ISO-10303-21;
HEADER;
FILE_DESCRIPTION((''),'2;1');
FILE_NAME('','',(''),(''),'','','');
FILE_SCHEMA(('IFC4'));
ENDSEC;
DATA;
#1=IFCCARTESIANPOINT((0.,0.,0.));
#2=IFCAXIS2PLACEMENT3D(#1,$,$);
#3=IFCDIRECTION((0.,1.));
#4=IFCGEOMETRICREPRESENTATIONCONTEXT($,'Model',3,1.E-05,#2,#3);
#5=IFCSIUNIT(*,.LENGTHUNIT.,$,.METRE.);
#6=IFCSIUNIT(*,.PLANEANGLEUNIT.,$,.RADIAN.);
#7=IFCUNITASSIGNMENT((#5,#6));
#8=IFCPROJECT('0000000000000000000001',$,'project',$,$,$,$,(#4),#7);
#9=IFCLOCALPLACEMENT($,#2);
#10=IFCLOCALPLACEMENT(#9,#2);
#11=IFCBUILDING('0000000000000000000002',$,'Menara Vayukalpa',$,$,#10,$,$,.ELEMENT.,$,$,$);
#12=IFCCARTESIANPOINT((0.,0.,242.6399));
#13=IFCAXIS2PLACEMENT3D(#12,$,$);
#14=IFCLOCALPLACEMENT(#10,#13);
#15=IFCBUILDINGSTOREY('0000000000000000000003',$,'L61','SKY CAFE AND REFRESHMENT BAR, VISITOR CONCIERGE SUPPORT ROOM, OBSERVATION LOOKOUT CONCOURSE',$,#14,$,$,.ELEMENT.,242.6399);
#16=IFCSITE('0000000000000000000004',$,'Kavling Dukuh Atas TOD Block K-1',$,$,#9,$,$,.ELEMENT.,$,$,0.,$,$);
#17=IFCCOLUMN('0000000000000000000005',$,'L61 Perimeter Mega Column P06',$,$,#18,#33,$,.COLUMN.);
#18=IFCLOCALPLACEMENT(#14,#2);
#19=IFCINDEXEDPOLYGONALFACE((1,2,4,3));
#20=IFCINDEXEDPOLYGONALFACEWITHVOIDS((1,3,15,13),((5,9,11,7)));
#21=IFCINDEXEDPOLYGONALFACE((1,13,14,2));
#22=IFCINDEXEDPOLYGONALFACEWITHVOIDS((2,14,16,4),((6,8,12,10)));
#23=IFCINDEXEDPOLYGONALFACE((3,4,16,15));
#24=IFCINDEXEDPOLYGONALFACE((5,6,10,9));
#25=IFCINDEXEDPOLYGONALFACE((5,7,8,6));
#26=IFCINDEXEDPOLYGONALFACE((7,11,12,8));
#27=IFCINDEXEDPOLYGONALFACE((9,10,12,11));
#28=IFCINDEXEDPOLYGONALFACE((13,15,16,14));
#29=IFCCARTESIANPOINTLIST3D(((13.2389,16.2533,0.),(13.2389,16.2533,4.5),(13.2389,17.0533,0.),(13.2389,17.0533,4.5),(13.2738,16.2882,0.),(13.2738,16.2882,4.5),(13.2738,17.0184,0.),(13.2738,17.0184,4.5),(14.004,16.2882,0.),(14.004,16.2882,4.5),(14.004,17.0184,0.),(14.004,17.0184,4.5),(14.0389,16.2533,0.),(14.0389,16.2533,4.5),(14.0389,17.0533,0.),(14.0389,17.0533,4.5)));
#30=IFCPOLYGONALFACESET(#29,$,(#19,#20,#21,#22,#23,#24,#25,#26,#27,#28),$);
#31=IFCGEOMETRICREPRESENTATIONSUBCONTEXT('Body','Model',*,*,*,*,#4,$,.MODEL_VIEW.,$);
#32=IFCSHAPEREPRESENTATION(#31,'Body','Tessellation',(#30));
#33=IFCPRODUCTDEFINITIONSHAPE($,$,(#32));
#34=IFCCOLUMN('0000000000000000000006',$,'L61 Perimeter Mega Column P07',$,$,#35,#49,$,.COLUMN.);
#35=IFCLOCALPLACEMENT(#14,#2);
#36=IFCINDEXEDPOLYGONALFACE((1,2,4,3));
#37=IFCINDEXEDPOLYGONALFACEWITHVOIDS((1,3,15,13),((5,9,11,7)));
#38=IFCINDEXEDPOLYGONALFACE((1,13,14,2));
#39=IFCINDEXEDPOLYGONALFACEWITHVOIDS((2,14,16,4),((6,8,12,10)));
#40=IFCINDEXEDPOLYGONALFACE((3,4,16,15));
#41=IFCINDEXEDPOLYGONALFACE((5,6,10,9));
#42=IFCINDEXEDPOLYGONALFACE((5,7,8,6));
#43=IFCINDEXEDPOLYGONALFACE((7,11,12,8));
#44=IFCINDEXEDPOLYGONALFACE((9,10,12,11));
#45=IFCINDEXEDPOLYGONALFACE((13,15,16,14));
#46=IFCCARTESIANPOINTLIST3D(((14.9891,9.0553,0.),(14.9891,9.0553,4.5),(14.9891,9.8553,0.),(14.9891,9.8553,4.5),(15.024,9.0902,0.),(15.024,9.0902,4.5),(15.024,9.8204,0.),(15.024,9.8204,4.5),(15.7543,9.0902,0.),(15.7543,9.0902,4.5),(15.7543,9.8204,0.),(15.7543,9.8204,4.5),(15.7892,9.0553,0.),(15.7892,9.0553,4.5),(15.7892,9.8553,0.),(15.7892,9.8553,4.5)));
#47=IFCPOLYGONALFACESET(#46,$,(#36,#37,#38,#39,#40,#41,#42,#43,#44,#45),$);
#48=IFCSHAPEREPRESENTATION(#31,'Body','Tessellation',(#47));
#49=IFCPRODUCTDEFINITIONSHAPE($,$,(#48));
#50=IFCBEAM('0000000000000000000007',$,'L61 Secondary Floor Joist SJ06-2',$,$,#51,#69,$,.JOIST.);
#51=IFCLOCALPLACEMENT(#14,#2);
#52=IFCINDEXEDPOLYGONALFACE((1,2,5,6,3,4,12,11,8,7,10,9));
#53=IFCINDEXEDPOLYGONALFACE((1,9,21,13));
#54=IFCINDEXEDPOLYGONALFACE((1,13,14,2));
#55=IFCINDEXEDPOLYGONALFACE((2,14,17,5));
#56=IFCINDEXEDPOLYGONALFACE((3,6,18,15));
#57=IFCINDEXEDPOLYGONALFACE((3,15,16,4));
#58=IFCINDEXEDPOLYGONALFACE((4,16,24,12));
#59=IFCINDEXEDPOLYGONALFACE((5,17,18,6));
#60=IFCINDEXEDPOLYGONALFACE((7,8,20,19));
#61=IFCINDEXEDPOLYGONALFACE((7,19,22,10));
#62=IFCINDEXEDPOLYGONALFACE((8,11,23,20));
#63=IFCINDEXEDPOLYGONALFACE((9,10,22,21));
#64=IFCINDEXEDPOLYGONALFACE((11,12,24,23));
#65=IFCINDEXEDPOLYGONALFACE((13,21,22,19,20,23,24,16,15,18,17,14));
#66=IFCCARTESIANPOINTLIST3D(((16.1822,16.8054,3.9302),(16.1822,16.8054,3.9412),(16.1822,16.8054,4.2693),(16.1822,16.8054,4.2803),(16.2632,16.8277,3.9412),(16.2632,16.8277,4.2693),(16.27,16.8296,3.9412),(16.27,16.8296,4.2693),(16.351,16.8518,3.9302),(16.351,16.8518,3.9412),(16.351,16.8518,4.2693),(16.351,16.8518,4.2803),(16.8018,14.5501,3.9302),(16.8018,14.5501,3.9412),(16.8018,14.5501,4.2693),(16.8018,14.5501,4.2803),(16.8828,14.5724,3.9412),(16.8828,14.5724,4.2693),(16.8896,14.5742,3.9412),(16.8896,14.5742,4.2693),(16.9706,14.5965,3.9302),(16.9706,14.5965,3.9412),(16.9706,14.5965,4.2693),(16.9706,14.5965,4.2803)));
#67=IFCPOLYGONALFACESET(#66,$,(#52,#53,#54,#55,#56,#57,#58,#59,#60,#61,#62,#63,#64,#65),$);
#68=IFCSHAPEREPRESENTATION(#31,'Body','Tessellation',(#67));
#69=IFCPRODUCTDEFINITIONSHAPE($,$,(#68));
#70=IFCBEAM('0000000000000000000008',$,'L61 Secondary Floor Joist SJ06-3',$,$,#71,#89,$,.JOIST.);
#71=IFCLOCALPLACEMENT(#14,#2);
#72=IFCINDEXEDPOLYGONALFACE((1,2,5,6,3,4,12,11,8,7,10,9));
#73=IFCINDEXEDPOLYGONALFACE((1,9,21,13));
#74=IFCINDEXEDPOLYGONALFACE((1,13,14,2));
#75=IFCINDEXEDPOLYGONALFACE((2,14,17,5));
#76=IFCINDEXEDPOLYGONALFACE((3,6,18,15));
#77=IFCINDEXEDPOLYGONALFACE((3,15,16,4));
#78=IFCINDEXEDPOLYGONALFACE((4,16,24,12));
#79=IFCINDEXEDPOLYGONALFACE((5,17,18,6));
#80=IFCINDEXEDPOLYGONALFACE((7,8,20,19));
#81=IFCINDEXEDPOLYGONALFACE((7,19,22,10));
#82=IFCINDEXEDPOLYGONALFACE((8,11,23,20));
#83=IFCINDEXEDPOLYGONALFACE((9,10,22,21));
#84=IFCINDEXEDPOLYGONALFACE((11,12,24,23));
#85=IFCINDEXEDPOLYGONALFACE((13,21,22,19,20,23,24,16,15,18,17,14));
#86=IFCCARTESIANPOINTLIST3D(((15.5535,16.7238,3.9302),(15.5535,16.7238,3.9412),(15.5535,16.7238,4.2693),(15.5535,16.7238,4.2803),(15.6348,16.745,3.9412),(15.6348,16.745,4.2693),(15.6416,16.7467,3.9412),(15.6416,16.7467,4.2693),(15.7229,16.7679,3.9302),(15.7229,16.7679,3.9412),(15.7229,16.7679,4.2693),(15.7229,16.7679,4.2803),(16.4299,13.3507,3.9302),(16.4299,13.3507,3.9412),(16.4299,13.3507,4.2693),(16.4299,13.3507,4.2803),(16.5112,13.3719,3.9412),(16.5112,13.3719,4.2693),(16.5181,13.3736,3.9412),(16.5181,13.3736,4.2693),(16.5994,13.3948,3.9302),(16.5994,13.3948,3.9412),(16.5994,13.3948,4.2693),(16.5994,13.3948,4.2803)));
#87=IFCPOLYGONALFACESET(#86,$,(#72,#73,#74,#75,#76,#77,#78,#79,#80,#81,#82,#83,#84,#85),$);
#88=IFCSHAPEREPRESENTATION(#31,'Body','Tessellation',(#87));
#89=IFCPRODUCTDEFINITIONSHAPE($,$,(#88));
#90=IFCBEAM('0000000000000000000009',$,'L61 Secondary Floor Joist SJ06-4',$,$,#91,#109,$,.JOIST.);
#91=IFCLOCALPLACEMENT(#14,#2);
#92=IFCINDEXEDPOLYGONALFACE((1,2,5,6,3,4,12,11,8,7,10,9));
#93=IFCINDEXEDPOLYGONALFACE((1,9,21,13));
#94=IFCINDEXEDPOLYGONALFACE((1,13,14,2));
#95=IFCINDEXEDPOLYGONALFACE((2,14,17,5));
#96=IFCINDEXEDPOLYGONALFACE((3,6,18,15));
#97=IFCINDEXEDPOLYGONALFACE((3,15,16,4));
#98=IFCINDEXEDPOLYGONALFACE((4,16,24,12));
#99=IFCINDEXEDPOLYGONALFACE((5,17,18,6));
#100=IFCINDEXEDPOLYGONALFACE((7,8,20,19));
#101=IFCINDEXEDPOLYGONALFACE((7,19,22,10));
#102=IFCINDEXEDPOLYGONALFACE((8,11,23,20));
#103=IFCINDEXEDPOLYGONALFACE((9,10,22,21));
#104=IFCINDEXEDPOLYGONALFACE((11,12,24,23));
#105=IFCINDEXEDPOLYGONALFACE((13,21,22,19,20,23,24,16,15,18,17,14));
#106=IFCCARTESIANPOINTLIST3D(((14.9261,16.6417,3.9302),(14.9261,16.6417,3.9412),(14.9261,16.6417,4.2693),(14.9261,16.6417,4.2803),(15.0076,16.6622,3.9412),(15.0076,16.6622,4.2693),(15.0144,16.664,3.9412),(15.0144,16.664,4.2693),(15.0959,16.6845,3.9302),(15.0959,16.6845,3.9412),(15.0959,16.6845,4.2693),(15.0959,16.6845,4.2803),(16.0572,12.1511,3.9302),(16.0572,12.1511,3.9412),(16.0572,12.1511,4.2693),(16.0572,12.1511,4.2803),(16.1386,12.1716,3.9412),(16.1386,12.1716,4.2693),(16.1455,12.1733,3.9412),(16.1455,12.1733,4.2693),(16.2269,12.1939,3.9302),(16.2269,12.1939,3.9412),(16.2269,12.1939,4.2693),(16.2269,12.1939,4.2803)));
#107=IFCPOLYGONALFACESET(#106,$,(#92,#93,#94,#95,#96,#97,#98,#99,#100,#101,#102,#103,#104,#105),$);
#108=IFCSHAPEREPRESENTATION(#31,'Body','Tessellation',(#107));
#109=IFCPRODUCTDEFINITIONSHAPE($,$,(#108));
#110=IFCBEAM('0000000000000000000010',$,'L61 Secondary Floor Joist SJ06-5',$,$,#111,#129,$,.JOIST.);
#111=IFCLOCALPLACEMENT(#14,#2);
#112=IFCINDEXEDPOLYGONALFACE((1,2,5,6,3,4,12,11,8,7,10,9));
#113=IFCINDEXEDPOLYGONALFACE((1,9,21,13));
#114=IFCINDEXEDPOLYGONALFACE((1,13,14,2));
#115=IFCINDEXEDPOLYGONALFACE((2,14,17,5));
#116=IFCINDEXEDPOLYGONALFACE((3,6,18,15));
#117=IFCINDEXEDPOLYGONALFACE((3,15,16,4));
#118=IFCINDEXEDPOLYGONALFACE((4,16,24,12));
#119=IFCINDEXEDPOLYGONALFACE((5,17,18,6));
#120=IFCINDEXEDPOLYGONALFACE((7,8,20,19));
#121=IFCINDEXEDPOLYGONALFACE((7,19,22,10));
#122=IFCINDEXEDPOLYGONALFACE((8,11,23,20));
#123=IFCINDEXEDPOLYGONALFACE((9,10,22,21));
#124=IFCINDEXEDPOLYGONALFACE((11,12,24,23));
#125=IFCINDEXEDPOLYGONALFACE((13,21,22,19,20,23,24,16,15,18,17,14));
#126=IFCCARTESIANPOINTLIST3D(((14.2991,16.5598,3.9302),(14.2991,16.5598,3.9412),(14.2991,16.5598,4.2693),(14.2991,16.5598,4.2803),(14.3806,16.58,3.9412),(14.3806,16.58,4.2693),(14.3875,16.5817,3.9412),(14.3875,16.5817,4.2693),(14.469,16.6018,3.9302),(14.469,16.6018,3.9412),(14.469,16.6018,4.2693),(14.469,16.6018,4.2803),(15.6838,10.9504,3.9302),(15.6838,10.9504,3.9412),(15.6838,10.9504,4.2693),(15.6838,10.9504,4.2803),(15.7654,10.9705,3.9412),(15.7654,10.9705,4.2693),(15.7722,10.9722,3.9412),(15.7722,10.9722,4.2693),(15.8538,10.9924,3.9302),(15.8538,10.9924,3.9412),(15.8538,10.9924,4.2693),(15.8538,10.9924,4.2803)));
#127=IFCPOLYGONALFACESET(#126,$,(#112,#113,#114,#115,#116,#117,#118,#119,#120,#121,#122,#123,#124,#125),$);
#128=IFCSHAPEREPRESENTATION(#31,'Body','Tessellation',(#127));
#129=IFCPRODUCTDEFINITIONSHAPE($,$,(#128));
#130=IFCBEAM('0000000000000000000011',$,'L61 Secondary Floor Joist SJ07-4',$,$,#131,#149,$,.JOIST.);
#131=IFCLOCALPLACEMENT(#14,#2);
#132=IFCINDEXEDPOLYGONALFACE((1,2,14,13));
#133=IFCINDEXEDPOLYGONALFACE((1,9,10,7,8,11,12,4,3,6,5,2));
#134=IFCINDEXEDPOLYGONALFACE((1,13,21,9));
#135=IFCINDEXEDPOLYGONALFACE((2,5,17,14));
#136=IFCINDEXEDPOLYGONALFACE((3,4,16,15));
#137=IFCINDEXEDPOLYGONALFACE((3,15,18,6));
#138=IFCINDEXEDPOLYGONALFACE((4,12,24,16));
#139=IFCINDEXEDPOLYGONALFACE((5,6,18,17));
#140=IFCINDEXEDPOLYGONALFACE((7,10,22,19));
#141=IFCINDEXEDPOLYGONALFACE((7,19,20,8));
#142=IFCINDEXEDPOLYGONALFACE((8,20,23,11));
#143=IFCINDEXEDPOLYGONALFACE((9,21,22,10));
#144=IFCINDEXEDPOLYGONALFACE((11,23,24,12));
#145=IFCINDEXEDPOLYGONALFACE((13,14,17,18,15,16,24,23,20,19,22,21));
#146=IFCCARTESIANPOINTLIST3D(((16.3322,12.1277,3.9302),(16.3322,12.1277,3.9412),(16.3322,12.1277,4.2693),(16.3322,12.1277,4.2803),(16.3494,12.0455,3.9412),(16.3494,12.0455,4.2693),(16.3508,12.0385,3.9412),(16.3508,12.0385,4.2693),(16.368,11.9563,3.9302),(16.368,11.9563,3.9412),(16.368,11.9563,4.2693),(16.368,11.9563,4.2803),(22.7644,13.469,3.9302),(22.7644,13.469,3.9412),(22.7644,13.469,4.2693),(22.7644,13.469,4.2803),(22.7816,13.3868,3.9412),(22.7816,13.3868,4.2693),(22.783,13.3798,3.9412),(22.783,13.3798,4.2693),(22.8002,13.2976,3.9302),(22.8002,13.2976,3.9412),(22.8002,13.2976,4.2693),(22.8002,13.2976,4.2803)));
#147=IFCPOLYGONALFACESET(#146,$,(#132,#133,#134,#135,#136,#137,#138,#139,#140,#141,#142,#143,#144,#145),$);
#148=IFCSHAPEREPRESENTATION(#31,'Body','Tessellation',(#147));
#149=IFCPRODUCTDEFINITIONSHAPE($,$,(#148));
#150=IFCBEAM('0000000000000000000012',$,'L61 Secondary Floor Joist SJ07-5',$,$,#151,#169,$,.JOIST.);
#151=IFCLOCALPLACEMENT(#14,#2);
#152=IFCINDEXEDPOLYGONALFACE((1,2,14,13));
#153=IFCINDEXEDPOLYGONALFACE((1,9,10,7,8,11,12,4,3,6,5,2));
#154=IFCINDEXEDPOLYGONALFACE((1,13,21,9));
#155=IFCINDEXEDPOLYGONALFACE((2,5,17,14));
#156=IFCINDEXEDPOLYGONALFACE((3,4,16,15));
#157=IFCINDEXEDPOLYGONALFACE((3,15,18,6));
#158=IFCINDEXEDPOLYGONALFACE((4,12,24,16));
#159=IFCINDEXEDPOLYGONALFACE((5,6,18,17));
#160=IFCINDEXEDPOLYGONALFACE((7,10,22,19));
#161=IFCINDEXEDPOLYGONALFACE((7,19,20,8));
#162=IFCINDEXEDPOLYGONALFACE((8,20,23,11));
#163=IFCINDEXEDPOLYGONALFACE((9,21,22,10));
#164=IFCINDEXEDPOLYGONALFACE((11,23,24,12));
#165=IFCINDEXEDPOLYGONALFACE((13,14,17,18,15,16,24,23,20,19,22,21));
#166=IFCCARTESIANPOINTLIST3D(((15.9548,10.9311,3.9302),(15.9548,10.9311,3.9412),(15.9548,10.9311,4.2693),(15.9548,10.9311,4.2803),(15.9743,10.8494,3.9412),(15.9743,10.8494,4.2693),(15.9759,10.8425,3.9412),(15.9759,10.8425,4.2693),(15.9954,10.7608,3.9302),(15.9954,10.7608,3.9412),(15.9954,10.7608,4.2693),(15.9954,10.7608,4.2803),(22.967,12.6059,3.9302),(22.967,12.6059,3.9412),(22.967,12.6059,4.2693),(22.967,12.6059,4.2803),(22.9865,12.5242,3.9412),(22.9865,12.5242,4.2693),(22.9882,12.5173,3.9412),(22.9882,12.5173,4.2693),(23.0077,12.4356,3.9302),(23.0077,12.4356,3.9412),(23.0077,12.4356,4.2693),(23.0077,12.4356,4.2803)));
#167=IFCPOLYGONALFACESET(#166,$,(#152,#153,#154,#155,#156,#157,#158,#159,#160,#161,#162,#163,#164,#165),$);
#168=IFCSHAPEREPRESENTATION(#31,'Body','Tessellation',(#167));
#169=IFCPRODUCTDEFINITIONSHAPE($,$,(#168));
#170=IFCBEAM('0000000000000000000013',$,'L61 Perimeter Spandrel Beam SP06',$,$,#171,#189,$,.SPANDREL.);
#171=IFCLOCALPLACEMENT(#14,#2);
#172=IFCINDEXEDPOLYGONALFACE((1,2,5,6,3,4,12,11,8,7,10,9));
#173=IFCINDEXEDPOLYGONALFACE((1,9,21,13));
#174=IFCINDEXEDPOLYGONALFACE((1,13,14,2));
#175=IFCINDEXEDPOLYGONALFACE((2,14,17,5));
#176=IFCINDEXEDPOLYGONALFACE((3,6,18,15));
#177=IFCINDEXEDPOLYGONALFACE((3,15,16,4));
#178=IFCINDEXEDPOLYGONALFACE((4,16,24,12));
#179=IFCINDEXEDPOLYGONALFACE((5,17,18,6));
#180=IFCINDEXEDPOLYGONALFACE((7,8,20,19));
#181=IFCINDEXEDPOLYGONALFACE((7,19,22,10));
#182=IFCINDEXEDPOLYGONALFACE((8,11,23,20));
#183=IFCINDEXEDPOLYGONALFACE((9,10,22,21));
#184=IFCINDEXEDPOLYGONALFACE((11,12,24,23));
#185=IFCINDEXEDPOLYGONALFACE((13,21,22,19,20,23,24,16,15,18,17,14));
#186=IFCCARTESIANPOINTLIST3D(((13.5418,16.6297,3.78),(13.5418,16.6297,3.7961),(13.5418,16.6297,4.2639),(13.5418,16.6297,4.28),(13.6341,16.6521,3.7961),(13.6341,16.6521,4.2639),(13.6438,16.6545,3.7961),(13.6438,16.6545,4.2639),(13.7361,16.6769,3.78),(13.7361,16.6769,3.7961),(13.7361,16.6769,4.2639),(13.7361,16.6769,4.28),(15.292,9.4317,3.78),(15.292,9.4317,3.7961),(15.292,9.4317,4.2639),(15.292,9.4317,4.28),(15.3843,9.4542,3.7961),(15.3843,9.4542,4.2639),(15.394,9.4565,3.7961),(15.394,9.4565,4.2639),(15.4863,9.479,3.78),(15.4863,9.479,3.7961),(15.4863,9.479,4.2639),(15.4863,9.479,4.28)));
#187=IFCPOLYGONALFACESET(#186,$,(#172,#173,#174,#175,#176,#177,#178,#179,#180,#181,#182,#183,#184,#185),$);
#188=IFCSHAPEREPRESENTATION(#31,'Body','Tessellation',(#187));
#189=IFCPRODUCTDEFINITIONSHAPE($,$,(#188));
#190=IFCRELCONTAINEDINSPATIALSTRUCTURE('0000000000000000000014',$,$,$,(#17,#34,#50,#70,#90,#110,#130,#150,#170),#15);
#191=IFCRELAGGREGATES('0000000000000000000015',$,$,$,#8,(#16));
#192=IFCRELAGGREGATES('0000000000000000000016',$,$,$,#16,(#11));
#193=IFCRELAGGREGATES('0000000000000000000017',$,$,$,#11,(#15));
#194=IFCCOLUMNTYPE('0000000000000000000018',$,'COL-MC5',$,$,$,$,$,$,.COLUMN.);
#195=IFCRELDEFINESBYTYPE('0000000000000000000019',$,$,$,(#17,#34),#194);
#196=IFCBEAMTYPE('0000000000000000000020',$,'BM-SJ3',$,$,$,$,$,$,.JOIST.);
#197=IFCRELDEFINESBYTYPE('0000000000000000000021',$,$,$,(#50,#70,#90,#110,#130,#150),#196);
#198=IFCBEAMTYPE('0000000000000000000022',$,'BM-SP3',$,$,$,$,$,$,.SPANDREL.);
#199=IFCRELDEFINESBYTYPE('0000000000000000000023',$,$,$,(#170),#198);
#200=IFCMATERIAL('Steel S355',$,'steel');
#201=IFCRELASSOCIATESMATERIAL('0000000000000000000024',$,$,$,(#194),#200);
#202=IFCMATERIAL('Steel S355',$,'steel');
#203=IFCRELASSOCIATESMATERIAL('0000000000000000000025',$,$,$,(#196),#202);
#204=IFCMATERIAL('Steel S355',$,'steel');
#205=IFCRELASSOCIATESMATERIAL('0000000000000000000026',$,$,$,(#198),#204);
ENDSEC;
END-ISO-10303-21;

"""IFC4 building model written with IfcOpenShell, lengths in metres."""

from ifc_helpers import new_model, si_unit, direction, frame, origin, origin_2d, place, context, subcontext, project, spatial, hollow_rectangle, i_section, extrude, material, material_profile, profile_set, type_object, element, save


model = new_model("IFC4")

# Units and contexts
model_context = context("Model", 3, precision=1e-05, world=origin(), true_north=direction((0.0, 1.0)))
body_context = subcontext(model_context, "Body", "Model", "MODEL_VIEW")
ifc_project = project(units=[si_unit("LENGTHUNIT", "METRE"), si_unit("PLANEANGLEUNIT", "RADIAN")], contexts=[model_context])

# Site, building, storey
site_placement = place(None, origin())
site = spatial("IfcSite", under=ifc_project, at=site_placement, Name="Kavling Dukuh Atas TOD Block K-1", CompositionType="ELEMENT", RefElevation=0.0)
building_placement = place(site_placement, origin())
building = spatial("IfcBuilding", under=site, at=building_placement, Name="Menara Vayukalpa", CompositionType="ELEMENT")
storey_placement = place(building_placement, frame((0.0, 0.0, 242.6399)))
storey = spatial("IfcBuildingStorey", under=building, at=storey_placement, Name="L61", Description="SKY CAFE AND REFRESHMENT BAR, VISITOR CONCIERGE SUPPORT ROOM, OBSERVATION LOOKOUT CONCOURSE", CompositionType="ELEMENT", Elevation=242.6399)

# Columns
ifc_material_1 = material(Name="Steel S355", Category="steel")
ifc_material_profile_1 = material_profile(ifc_material_1, hollow_rectangle(XDim=0.8, YDim=0.8, WallThickness=0.0349, at=origin_2d()), Name="BOX 800x800x35")
ifc_profile_set_1 = profile_set([ifc_material_profile_1], Name="Steel S355")
column_type = type_object("IfcColumnType", Name="COL-MC5", PredefinedType="COLUMN", material=ifc_profile_set_1)
for number, where, z_axis, x_axis, name in (
    (1, (13.6389, 16.6533, 0.0), (0.0, 0.0, 1.0), (1.0, 0.0, 0.0), "L61 Perimeter Mega Column P06"),
    (2, (15.3892, 9.4553, 0.0), (0.0, 0.0, 1.0), (1.0, 0.0, 0.0), "L61 Perimeter Mega Column P07"),
):
    element("IfcColumn", number, at=place(storey_placement, frame(where, z_axis=z_axis, x_axis=x_axis)), inside=storey, type_object=column_type, Name=name, PredefinedType="COLUMN", context=body_context, shape_type="SweptSolid", body=[
        extrude(hollow_rectangle(XDim=0.8, YDim=0.8, WallThickness=0.0349, at=origin_2d()), origin(), (0.0, 0.0, 1.0), 4.5),
    ])

# Beams
ifc_material_2 = material(Name="Steel S355", Category="steel")
ifc_material_profile_2 = material_profile(ifc_material_2, i_section(OverallWidth=0.175, OverallDepth=0.3501, WebThickness=0.0071, FlangeThickness=0.011, at=origin_2d()), Name="WF 350x175x7x11")
ifc_profile_set_2 = profile_set([ifc_material_profile_2], Name="Steel S355")
beam_type_1 = type_object("IfcBeamType", Name="BM-SJ3", PredefinedType="JOIST", material=ifc_profile_set_2)
beam_1_placement = place(storey_placement, frame((16.2666, 16.8286, 4.1052), z_axis=(0.264919, -0.964271, 0.0), x_axis=(0.964271, 0.264919, 0.0)))
element("IfcBeam", 3, at=beam_1_placement, inside=storey, type_object=beam_type_1, Name="L61 Secondary Floor Joist SJ06-2", PredefinedType="JOIST", context=body_context, shape_type="SweptSolid", body=[
    extrude(i_section(OverallWidth=0.175, OverallDepth=0.3501, WebThickness=0.0071, FlangeThickness=0.011, at=origin_2d()), origin(), (0.0, 0.0, 1.0), 2.3389),
])
beam_2_placement = place(storey_placement, frame((15.6382, 16.7458, 4.1052), z_axis=(0.251492, -0.967859, 0.0), x_axis=(0.967859, 0.251492, 0.0)))
element("IfcBeam", 4, at=beam_2_placement, inside=storey, type_object=beam_type_1, Name="L61 Secondary Floor Joist SJ06-3", PredefinedType="JOIST", context=body_context, shape_type="SweptSolid", body=[
    extrude(i_section(OverallWidth=0.175, OverallDepth=0.3501, WebThickness=0.0071, FlangeThickness=0.011, at=origin_2d()), origin(), (0.0, 0.0, 1.0), 3.4851),
])
beam_3_placement = place(storey_placement, frame((15.011, 16.6631, 4.1052), z_axis=(0.244247, -0.969713, 0.0), x_axis=(0.969713, 0.244247, 0.0)))
element("IfcBeam", 5, at=beam_3_placement, inside=storey, type_object=beam_type_1, Name="L61 Secondary Floor Joist SJ06-4", PredefinedType="JOIST", context=body_context, shape_type="SweptSolid", body=[
    extrude(i_section(OverallWidth=0.175, OverallDepth=0.3501, WebThickness=0.0071, FlangeThickness=0.011, at=origin_2d()), origin(), (0.0, 0.0, 1.0), 4.6309),
])
beam_4_placement = place(storey_placement, frame((14.384, 16.5808, 4.1052), z_axis=(0.239671, -0.970854, 0.0), x_axis=(0.970854, 0.239671, 0.0)))
element("IfcBeam", 6, at=beam_4_placement, inside=storey, type_object=beam_type_1, Name="L61 Secondary Floor Joist SJ06-5", PredefinedType="JOIST", context=body_context, shape_type="SweptSolid", body=[
    extrude(i_section(OverallWidth=0.175, OverallDepth=0.3501, WebThickness=0.0071, FlangeThickness=0.011, at=origin_2d()), origin(), (0.0, 0.0, 1.0), 5.7778),
])
beam_5_placement = place(storey_placement, frame((16.3501, 12.042, 4.1052), z_axis=(0.978941, 0.204141, 0.0), x_axis=(-0.204141, 0.978941, 0.0)))
element("IfcBeam", 7, at=beam_5_placement, inside=storey, type_object=beam_type_1, Name="L61 Secondary Floor Joist SJ07-4", PredefinedType="JOIST", context=body_context, shape_type="SweptSolid", body=[
    extrude(i_section(OverallWidth=0.175, OverallDepth=0.3501, WebThickness=0.0071, FlangeThickness=0.011, at=origin_2d()), origin(), (0.0, 0.0, 1.0), 6.5706),
])
beam_6_placement = place(storey_placement, frame((15.9751, 10.8459, 4.1052), z_axis=(0.972642, 0.232307, 0.0), x_axis=(-0.232307, 0.972642, 0.0)))
element("IfcBeam", 8, at=beam_6_placement, inside=storey, type_object=beam_type_1, Name="L61 Secondary Floor Joist SJ07-5", PredefinedType="JOIST", context=body_context, shape_type="SweptSolid", body=[
    extrude(i_section(OverallWidth=0.175, OverallDepth=0.3501, WebThickness=0.0071, FlangeThickness=0.011, at=origin_2d()), origin(), (0.0, 0.0, 1.0), 7.2095),
])
ifc_material_3 = material(Name="Steel S355", Category="steel")
ifc_material_profile_3 = material_profile(ifc_material_3, i_section(OverallWidth=0.2, OverallDepth=0.5, WebThickness=0.01, FlangeThickness=0.0161, at=origin_2d()), Name="WF 500x200x10x16")
ifc_profile_set_3 = profile_set([ifc_material_profile_3], Name="Steel S355")
beam_type_2 = type_object("IfcBeamType", Name="BM-SP3", PredefinedType="SPANDREL", material=ifc_profile_set_3)
beam_7_placement = place(storey_placement, frame((13.6389, 16.6533, 4.03), z_axis=(0.236273, -0.971687, 0.0), x_axis=(0.971687, 0.236273, 0.0)))
element("IfcBeam", 9, at=beam_7_placement, inside=storey, type_object=beam_type_2, Name="L61 Perimeter Spandrel Beam SP06", PredefinedType="SPANDREL", context=body_context, shape_type="SweptSolid", body=[
    extrude(i_section(OverallWidth=0.2, OverallDepth=0.5, WebThickness=0.01, FlangeThickness=0.0161, at=origin_2d()), origin(), (0.0, 0.0, 1.0), 7.4077),
])

save(model, "model.ifc")
